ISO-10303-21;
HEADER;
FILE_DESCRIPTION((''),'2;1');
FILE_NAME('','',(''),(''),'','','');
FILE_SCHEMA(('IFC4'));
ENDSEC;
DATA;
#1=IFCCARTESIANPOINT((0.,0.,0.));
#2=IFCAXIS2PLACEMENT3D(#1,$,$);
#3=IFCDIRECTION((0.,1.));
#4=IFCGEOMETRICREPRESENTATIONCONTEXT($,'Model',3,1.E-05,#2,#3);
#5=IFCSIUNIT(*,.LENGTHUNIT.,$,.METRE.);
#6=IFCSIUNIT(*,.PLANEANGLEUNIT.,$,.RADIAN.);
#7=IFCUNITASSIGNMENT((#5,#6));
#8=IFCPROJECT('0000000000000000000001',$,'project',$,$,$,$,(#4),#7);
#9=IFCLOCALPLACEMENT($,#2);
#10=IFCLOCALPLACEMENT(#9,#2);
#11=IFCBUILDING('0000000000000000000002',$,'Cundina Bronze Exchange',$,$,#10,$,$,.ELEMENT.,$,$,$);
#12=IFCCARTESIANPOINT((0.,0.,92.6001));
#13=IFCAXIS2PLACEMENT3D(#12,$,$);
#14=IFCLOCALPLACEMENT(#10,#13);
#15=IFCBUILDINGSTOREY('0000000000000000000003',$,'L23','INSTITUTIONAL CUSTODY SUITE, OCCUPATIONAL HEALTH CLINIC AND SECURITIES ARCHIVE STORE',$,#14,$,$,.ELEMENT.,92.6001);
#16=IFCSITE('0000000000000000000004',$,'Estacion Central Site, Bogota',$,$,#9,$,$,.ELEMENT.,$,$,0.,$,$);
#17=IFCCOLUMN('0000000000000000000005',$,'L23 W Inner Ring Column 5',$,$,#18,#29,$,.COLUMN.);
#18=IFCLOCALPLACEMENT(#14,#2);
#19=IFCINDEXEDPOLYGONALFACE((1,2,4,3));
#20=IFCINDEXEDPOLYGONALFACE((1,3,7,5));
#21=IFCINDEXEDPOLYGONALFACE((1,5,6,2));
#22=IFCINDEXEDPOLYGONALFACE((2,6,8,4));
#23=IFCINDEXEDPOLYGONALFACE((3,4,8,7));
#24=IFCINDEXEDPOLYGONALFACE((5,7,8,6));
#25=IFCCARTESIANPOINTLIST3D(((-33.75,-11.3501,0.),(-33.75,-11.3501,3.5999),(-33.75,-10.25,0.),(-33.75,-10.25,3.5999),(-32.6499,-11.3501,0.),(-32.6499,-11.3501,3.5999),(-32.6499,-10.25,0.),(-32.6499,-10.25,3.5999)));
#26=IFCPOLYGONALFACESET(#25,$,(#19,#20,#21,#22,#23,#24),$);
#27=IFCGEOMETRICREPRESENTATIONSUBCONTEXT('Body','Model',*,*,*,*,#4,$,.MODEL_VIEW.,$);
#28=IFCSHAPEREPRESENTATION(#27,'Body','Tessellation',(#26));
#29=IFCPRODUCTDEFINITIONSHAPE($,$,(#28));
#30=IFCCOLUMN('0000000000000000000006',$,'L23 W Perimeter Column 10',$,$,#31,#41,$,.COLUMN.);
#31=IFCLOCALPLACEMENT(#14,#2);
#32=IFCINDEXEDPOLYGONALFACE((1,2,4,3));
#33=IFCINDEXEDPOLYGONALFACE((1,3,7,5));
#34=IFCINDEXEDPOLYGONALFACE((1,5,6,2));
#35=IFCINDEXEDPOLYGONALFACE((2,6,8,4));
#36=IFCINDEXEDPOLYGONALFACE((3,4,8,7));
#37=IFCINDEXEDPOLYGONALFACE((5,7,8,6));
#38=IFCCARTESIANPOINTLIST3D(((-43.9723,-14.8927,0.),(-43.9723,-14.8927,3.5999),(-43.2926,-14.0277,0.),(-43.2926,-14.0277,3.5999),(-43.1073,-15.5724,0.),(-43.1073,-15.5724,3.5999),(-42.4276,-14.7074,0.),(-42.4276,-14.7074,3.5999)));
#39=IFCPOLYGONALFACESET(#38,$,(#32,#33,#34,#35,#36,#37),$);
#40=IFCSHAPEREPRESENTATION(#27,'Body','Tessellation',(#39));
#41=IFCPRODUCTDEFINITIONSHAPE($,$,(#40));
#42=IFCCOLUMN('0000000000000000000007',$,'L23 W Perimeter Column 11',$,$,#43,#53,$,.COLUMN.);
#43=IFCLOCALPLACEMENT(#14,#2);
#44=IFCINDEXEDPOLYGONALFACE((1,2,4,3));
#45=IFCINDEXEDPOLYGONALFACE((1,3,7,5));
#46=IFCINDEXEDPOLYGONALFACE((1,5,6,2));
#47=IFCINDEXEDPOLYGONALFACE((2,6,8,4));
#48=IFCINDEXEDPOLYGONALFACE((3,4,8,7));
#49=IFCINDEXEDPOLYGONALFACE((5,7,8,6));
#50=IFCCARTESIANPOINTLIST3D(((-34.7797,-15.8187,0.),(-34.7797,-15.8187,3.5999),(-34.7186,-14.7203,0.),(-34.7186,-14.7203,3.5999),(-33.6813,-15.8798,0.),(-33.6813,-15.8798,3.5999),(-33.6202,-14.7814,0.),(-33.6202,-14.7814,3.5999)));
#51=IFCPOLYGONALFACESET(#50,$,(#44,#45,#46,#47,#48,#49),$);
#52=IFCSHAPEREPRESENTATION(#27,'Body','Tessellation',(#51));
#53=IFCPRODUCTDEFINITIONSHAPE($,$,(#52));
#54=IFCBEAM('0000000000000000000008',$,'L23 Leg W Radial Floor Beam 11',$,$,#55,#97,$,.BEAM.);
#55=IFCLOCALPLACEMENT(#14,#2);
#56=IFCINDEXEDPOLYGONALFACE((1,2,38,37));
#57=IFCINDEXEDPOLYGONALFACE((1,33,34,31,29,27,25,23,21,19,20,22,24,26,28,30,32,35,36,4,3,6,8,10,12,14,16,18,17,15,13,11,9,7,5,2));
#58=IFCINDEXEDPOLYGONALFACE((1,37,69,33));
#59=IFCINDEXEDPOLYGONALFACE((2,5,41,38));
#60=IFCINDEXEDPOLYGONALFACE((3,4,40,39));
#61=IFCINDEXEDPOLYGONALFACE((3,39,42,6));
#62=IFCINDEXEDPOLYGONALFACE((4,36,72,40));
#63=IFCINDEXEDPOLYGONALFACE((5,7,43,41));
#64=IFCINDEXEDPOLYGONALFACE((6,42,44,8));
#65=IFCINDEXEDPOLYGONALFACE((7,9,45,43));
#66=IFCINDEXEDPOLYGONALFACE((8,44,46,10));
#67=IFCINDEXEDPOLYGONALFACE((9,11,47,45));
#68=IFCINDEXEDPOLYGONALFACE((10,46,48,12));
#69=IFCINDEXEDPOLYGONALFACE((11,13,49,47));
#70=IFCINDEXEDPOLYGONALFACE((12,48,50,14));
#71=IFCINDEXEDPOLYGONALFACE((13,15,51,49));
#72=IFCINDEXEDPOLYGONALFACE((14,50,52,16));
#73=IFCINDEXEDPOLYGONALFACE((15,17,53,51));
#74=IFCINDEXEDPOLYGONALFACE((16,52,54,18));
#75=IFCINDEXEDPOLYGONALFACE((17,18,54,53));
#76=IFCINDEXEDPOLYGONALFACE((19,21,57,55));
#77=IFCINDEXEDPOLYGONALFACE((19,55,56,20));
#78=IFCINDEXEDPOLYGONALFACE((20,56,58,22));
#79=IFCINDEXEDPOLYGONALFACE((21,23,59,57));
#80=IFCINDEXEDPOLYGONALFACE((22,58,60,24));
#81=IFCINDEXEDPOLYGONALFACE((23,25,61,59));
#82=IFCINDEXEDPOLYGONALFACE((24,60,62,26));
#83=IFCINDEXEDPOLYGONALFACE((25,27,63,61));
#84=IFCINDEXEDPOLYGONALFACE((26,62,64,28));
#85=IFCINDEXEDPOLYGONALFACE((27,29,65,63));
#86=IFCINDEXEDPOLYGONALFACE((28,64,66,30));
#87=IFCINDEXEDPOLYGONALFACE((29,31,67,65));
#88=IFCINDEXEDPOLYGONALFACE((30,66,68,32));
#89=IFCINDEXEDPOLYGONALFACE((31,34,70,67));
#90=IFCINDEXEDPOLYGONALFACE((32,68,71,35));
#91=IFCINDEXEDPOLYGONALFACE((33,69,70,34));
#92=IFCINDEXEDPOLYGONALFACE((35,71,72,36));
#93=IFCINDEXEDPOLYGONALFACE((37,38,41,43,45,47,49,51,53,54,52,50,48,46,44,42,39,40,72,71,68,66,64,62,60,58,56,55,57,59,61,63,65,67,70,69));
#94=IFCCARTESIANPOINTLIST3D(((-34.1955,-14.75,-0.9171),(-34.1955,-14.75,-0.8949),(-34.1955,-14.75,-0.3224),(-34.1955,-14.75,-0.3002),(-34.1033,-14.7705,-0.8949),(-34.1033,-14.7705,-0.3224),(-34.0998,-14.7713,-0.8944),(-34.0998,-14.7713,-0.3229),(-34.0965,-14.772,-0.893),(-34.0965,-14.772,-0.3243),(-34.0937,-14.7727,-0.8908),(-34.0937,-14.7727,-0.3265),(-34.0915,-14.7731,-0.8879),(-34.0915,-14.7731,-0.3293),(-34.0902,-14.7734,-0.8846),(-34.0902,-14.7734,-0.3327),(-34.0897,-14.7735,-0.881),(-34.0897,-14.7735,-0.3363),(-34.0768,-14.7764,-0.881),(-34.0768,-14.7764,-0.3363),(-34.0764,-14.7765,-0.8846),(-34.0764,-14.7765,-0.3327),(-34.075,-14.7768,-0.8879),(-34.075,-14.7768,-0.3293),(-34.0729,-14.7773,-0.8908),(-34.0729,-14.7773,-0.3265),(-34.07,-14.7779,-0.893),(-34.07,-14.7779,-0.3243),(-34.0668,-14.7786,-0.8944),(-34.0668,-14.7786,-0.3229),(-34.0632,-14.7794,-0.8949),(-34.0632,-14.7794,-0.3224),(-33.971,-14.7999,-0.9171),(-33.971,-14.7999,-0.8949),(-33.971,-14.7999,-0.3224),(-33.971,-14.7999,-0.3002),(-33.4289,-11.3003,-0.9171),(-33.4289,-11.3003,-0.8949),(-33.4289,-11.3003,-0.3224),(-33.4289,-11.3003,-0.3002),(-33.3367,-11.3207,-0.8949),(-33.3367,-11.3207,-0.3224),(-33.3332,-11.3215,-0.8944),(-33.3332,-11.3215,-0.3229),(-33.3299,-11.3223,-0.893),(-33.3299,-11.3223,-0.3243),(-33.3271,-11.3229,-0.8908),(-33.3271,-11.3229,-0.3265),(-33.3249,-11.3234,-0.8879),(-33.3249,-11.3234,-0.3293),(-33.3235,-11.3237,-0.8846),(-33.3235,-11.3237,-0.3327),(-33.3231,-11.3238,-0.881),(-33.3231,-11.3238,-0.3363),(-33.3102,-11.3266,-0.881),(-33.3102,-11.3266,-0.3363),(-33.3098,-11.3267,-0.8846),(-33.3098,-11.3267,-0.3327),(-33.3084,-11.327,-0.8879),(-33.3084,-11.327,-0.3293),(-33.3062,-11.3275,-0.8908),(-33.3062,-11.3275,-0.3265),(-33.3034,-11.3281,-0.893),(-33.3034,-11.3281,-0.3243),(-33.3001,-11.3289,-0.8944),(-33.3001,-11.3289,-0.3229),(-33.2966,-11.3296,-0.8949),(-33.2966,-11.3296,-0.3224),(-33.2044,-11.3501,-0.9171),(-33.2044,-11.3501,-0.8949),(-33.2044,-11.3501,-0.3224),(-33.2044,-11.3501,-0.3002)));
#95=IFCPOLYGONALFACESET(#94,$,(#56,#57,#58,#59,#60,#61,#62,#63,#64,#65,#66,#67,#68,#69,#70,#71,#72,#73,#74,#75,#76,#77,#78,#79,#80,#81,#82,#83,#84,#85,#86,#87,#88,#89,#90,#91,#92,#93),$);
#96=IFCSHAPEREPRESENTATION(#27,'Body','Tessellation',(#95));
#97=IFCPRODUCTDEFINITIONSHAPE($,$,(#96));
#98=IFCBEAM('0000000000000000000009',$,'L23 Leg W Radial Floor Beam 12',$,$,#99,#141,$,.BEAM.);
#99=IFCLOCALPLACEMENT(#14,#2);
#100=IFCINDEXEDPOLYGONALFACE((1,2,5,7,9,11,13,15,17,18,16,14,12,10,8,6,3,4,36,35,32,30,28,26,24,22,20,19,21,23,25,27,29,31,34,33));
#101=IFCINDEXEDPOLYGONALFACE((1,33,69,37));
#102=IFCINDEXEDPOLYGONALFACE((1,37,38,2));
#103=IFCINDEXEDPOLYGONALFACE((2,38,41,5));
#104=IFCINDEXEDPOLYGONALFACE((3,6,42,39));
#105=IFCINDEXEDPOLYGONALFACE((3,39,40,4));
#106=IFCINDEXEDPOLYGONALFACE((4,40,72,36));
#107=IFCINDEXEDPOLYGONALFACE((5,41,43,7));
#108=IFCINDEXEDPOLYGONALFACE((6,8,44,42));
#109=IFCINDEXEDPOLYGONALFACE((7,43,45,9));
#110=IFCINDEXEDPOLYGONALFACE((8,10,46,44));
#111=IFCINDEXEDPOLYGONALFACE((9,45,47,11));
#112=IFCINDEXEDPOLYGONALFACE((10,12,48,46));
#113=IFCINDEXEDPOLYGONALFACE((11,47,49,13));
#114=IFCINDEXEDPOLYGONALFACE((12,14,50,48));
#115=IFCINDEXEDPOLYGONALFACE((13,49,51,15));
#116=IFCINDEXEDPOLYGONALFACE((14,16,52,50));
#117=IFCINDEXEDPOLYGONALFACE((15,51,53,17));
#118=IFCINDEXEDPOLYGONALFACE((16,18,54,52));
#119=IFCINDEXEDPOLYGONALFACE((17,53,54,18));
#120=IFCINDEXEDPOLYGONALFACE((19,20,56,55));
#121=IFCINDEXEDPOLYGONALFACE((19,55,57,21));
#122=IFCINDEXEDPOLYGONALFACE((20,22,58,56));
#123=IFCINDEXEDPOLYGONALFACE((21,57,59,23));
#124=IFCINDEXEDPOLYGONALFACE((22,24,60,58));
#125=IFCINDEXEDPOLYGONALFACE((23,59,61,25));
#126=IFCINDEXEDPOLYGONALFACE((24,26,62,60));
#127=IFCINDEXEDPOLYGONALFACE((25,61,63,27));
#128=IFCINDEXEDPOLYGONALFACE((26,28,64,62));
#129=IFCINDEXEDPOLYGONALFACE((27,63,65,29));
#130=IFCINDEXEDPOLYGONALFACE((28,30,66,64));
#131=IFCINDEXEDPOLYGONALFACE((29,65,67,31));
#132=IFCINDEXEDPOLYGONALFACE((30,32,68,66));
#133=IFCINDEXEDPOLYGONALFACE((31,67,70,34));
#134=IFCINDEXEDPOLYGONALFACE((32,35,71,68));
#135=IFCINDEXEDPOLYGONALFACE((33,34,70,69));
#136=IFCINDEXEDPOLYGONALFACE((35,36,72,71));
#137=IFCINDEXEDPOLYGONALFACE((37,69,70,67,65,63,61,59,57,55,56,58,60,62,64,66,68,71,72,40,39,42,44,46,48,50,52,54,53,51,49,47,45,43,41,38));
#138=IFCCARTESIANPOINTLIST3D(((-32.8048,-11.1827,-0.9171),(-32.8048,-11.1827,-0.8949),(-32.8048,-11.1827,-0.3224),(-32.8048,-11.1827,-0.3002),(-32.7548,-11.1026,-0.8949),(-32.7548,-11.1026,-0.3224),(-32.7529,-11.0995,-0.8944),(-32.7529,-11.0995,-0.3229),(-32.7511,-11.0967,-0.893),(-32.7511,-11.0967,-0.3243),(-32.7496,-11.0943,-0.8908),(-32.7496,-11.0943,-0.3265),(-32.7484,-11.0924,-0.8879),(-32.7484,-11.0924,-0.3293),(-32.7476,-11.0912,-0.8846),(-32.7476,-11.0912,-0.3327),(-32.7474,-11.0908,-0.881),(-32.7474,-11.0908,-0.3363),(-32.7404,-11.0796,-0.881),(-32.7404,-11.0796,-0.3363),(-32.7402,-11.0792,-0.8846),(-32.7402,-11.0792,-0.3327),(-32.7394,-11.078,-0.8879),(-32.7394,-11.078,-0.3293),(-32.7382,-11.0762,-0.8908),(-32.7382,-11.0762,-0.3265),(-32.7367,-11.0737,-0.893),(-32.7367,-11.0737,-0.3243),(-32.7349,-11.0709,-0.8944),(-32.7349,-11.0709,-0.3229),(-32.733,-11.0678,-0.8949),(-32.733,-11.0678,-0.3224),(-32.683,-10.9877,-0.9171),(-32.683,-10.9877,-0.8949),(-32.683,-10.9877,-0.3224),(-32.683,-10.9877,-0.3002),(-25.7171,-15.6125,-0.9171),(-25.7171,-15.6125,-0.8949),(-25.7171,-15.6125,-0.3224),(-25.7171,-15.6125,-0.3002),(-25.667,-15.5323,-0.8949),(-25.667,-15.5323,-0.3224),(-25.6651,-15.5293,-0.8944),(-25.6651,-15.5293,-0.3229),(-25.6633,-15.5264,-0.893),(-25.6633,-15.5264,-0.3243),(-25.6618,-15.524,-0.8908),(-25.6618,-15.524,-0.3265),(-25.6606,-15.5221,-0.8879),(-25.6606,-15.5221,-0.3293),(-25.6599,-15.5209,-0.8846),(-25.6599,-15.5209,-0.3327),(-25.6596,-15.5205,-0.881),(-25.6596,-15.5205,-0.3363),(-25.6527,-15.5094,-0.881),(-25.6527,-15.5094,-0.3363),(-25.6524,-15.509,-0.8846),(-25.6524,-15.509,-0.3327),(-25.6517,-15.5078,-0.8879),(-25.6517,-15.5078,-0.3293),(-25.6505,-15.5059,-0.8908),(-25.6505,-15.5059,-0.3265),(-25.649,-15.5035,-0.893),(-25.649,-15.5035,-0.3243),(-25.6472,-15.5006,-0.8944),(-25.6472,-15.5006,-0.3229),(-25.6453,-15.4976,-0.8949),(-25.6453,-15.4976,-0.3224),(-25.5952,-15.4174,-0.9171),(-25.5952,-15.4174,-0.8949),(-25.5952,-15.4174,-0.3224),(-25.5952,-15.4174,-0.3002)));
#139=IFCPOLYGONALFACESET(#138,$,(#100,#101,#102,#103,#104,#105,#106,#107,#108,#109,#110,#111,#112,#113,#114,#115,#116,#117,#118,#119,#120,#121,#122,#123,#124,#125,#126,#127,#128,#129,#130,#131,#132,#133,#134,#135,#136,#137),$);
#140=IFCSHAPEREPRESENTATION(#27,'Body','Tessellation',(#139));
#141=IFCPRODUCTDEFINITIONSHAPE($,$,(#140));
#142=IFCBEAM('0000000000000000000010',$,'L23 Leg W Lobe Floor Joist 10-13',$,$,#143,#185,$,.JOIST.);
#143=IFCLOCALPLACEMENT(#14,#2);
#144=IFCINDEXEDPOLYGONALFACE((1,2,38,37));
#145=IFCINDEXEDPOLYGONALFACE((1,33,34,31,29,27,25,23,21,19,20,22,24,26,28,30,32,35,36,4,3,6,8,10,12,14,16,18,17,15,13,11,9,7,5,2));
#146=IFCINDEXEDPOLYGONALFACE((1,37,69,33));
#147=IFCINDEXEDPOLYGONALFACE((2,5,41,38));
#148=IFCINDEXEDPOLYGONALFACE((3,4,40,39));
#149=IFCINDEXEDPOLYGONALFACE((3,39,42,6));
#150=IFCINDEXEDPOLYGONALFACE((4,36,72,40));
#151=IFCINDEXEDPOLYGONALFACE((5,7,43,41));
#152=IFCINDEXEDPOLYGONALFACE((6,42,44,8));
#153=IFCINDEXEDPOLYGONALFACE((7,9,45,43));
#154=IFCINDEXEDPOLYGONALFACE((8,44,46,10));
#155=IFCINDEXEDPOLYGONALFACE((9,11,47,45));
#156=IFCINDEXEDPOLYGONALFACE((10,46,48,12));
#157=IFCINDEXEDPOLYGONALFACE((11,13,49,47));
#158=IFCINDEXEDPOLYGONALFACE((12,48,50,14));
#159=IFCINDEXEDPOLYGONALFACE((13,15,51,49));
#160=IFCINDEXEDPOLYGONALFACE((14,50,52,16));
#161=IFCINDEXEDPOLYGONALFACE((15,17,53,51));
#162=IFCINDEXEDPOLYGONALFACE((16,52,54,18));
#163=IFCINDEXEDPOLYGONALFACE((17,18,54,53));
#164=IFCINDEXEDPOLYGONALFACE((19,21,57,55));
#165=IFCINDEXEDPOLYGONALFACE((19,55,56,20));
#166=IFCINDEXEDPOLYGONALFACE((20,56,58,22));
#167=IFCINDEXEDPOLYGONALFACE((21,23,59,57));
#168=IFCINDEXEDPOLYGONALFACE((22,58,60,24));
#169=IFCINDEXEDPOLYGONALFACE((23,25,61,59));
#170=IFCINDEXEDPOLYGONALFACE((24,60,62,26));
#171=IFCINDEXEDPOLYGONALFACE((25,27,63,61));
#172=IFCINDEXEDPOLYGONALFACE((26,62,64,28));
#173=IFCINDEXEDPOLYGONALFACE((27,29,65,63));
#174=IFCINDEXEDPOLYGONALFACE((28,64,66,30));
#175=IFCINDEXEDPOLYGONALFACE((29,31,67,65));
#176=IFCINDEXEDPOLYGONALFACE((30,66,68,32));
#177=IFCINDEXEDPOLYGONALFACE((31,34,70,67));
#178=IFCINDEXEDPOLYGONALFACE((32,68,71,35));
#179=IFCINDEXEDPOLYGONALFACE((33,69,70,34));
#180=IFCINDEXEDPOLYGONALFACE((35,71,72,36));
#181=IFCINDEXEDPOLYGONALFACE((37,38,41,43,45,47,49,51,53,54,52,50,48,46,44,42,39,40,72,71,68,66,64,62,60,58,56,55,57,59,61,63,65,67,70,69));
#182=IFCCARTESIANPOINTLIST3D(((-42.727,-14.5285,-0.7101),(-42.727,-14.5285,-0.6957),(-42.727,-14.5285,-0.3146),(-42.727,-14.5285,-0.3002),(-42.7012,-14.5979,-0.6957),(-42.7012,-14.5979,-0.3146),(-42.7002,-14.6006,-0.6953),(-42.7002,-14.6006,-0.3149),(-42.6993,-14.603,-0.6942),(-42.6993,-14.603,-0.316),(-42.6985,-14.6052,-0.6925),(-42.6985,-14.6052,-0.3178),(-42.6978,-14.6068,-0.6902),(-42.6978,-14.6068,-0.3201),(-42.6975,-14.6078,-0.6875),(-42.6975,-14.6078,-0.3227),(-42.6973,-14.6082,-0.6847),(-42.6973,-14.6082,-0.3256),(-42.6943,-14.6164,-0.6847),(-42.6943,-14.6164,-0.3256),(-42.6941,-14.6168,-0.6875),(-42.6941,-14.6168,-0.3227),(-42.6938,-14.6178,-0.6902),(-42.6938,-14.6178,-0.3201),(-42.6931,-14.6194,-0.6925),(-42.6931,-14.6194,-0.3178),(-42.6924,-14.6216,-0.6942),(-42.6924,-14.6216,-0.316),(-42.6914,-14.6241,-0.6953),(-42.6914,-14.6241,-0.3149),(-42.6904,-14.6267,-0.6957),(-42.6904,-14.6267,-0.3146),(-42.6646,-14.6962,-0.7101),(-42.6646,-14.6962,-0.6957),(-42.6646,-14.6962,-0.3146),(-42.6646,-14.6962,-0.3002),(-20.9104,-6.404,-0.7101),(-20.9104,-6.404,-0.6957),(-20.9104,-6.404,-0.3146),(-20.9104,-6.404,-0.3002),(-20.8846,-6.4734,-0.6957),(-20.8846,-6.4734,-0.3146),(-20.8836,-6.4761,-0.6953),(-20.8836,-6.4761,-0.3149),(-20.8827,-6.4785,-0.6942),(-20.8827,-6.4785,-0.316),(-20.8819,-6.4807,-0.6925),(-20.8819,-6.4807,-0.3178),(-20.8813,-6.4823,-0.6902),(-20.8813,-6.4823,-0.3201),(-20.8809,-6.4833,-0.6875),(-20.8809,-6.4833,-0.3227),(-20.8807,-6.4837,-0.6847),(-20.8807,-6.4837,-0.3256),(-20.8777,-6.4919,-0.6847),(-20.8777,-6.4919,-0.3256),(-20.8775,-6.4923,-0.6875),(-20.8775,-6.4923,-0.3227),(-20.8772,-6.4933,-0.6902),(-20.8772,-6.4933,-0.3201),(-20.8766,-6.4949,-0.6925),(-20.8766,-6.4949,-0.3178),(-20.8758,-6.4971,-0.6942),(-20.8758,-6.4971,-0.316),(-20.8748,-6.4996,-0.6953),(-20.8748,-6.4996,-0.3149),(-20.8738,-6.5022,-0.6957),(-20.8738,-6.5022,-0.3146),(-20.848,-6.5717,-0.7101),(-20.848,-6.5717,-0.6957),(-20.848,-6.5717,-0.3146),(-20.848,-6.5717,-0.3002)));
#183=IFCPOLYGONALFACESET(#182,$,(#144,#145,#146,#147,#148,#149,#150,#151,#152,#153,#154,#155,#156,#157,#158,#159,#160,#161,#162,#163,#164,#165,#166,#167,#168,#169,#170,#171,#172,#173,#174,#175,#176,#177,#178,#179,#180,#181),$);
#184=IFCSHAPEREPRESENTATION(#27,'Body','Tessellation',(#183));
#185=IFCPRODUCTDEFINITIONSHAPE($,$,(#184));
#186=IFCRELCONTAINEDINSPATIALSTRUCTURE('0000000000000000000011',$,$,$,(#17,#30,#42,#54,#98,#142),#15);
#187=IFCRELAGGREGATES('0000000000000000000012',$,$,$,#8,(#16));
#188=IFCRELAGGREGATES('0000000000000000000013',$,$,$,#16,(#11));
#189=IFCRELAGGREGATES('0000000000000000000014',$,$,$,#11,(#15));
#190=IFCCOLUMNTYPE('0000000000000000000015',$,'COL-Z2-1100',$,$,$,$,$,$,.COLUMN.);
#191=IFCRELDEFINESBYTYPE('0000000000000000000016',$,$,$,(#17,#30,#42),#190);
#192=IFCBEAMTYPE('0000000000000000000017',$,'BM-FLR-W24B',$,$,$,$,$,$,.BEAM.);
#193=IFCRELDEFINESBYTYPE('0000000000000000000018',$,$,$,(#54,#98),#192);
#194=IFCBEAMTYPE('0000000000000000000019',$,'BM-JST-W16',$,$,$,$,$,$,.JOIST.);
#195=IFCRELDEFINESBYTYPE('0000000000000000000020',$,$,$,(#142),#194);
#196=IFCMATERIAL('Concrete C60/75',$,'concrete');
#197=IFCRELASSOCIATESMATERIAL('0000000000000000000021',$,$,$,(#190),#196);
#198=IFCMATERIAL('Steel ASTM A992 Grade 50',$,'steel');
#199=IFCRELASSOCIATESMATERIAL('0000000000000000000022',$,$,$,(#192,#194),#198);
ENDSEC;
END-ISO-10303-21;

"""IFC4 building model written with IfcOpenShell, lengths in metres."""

from ifc_helpers import new_model, si_unit, direction, frame, origin, origin_2d, place, context, subcontext, project, spatial, rectangle, i_section, extrude, material, material_profile, profile_set, type_object, element, save


model = new_model("IFC4")

# Units and contexts
model_context = context("Model", 3, precision=1e-05, world=origin(), true_north=direction((0.0, 1.0)))
body_context = subcontext(model_context, "Body", "Model", "MODEL_VIEW")
ifc_project = project(units=[si_unit("LENGTHUNIT", "METRE"), si_unit("PLANEANGLEUNIT", "RADIAN")], contexts=[model_context])

# Site, building, storey
site_placement = place(None, origin())
site = spatial("IfcSite", under=ifc_project, at=site_placement, Name="Estacion Central Site, Bogota", CompositionType="ELEMENT", RefElevation=0.0)
building_placement = place(site_placement, origin())
building = spatial("IfcBuilding", under=site, at=building_placement, Name="Cundina Bronze Exchange", CompositionType="ELEMENT")
storey_placement = place(building_placement, frame((0.0, 0.0, 92.6001)))
storey = spatial("IfcBuildingStorey", under=building, at=storey_placement, Name="L23", Description="INSTITUTIONAL CUSTODY SUITE, OCCUPATIONAL HEALTH CLINIC AND SECURITIES ARCHIVE STORE", CompositionType="ELEMENT", Elevation=92.6001)

# Columns
ifc_material_1 = material(Name="Concrete C60/75", Category="concrete")
ifc_material_profile_1 = material_profile(ifc_material_1, rectangle(XDim=1.1001, YDim=1.1001, at=origin_2d()), Name="RC1100X1100", Category="concrete")
ifc_profile_set_1 = profile_set([ifc_material_profile_1], Name="Concrete C60/75")
column_type = type_object("IfcColumnType", Name="COL-Z2-1100", PredefinedType="COLUMN", material=ifc_profile_set_1)
for number, where, z_axis, x_axis, name in (
    (1, (-33.2, -10.8, 0.0), (0.0, 0.0, 1.0), (1.0, 0.0, 0.0), "L23 W Inner Ring Column 5"),
    (2, (-43.2, -14.8, 0.0), (0.0, 0.0, 1.0), (0.786288, -0.61786, 0.0), "L23 W Perimeter Column 10"),
    (3, (-34.2, -15.3, 0.0), (0.0, 0.0, 1.0), (0.99846, -0.055473, 0.0), "L23 W Perimeter Column 11"),
):
    element("IfcColumn", number, at=place(storey_placement, frame(where, z_axis=z_axis, x_axis=x_axis)), inside=storey, type_object=column_type, Name=name, PredefinedType="COLUMN", context=body_context, shape_type="SweptSolid", body=[
        extrude(rectangle(XDim=1.1001, YDim=1.1001, at=origin_2d()), origin(), (0.0, 0.0, 1.0), 3.5999),
    ])

# Beams
ifc_material_2 = material(Name="Steel ASTM A992 Grade 50", Category="steel")
ifc_material_profile_2 = material_profile(ifc_material_2, i_section(OverallWidth=0.23, OverallDepth=0.6169, WebThickness=0.0132, FlangeThickness=0.0222, FilletRadius=0.0139, at=origin_2d()), Name="W24X94", Category="steel")
ifc_profile_set_2 = profile_set([ifc_material_profile_2], Name="Steel ASTM A992 Grade 50")
beam_type_1 = type_object("IfcBeamType", Name="BM-FLR-W24B", PredefinedType="BEAM", material=ifc_profile_set_2)
beam_1_placement = place(storey_placement, frame((-33.3167, -11.3252, -0.6086), z_axis=(-0.21693, -0.976187, 0.0), x_axis=(0.976187, -0.21693, 0.0)))
element("IfcBeam", 4, at=beam_1_placement, inside=storey, type_object=beam_type_1, Name="L23 Leg W Radial Floor Beam 11", PredefinedType="BEAM", context=body_context, shape_type="SweptSolid", body=[
    extrude(i_section(OverallWidth=0.23, OverallDepth=0.6169, WebThickness=0.0132, FlangeThickness=0.0222, FilletRadius=0.0139, at=origin_2d()), origin(), (0.0, 0.0, 1.0), 3.5339),
])
beam_2_placement = place(storey_placement, frame((-32.7439, -11.0852, -0.6086), z_axis=(0.848003, -0.529991, 0.0), x_axis=(0.529991, 0.848003, 0.0)))
element("IfcBeam", 5, at=beam_2_placement, inside=storey, type_object=beam_type_1, Name="L23 Leg W Radial Floor Beam 12", PredefinedType="BEAM", context=body_context, shape_type="SweptSolid", body=[
    extrude(i_section(OverallWidth=0.23, OverallDepth=0.6169, WebThickness=0.0132, FlangeThickness=0.0222, FilletRadius=0.0139, at=origin_2d()), origin(), (0.0, 0.0, 1.0), 8.3582),
])
ifc_material_profile_3 = material_profile(ifc_material_2, i_section(OverallWidth=0.179, OverallDepth=0.4099, WebThickness=0.0088, FlangeThickness=0.0144, FilletRadius=0.011, at=origin_2d()), Name="W16X45", Category="steel")
ifc_profile_set_3 = profile_set([ifc_material_profile_3], Name="Steel ASTM A992 Grade 50")
beam_type_2 = type_object("IfcBeamType", Name="BM-JST-W16", PredefinedType="JOIST", material=ifc_profile_set_3)
beam_3_placement = place(storey_placement, frame((-42.6958, -14.6123, -0.5051), z_axis=(0.937128, 0.348986, 0.0), x_axis=(-0.348986, 0.937128, 0.0)))
element("IfcBeam", 6, at=beam_3_placement, inside=storey, type_object=beam_type_2, Name="L23 Leg W Lobe Floor Joist 10-13", PredefinedType="JOIST", context=body_context, shape_type="SweptSolid", body=[
    extrude(i_section(OverallWidth=0.179, OverallDepth=0.4099, WebThickness=0.0088, FlangeThickness=0.0144, FilletRadius=0.011, at=origin_2d()), origin(), (0.0, 0.0, 1.0), 23.2803),
])

save(model, "model.ifc")
